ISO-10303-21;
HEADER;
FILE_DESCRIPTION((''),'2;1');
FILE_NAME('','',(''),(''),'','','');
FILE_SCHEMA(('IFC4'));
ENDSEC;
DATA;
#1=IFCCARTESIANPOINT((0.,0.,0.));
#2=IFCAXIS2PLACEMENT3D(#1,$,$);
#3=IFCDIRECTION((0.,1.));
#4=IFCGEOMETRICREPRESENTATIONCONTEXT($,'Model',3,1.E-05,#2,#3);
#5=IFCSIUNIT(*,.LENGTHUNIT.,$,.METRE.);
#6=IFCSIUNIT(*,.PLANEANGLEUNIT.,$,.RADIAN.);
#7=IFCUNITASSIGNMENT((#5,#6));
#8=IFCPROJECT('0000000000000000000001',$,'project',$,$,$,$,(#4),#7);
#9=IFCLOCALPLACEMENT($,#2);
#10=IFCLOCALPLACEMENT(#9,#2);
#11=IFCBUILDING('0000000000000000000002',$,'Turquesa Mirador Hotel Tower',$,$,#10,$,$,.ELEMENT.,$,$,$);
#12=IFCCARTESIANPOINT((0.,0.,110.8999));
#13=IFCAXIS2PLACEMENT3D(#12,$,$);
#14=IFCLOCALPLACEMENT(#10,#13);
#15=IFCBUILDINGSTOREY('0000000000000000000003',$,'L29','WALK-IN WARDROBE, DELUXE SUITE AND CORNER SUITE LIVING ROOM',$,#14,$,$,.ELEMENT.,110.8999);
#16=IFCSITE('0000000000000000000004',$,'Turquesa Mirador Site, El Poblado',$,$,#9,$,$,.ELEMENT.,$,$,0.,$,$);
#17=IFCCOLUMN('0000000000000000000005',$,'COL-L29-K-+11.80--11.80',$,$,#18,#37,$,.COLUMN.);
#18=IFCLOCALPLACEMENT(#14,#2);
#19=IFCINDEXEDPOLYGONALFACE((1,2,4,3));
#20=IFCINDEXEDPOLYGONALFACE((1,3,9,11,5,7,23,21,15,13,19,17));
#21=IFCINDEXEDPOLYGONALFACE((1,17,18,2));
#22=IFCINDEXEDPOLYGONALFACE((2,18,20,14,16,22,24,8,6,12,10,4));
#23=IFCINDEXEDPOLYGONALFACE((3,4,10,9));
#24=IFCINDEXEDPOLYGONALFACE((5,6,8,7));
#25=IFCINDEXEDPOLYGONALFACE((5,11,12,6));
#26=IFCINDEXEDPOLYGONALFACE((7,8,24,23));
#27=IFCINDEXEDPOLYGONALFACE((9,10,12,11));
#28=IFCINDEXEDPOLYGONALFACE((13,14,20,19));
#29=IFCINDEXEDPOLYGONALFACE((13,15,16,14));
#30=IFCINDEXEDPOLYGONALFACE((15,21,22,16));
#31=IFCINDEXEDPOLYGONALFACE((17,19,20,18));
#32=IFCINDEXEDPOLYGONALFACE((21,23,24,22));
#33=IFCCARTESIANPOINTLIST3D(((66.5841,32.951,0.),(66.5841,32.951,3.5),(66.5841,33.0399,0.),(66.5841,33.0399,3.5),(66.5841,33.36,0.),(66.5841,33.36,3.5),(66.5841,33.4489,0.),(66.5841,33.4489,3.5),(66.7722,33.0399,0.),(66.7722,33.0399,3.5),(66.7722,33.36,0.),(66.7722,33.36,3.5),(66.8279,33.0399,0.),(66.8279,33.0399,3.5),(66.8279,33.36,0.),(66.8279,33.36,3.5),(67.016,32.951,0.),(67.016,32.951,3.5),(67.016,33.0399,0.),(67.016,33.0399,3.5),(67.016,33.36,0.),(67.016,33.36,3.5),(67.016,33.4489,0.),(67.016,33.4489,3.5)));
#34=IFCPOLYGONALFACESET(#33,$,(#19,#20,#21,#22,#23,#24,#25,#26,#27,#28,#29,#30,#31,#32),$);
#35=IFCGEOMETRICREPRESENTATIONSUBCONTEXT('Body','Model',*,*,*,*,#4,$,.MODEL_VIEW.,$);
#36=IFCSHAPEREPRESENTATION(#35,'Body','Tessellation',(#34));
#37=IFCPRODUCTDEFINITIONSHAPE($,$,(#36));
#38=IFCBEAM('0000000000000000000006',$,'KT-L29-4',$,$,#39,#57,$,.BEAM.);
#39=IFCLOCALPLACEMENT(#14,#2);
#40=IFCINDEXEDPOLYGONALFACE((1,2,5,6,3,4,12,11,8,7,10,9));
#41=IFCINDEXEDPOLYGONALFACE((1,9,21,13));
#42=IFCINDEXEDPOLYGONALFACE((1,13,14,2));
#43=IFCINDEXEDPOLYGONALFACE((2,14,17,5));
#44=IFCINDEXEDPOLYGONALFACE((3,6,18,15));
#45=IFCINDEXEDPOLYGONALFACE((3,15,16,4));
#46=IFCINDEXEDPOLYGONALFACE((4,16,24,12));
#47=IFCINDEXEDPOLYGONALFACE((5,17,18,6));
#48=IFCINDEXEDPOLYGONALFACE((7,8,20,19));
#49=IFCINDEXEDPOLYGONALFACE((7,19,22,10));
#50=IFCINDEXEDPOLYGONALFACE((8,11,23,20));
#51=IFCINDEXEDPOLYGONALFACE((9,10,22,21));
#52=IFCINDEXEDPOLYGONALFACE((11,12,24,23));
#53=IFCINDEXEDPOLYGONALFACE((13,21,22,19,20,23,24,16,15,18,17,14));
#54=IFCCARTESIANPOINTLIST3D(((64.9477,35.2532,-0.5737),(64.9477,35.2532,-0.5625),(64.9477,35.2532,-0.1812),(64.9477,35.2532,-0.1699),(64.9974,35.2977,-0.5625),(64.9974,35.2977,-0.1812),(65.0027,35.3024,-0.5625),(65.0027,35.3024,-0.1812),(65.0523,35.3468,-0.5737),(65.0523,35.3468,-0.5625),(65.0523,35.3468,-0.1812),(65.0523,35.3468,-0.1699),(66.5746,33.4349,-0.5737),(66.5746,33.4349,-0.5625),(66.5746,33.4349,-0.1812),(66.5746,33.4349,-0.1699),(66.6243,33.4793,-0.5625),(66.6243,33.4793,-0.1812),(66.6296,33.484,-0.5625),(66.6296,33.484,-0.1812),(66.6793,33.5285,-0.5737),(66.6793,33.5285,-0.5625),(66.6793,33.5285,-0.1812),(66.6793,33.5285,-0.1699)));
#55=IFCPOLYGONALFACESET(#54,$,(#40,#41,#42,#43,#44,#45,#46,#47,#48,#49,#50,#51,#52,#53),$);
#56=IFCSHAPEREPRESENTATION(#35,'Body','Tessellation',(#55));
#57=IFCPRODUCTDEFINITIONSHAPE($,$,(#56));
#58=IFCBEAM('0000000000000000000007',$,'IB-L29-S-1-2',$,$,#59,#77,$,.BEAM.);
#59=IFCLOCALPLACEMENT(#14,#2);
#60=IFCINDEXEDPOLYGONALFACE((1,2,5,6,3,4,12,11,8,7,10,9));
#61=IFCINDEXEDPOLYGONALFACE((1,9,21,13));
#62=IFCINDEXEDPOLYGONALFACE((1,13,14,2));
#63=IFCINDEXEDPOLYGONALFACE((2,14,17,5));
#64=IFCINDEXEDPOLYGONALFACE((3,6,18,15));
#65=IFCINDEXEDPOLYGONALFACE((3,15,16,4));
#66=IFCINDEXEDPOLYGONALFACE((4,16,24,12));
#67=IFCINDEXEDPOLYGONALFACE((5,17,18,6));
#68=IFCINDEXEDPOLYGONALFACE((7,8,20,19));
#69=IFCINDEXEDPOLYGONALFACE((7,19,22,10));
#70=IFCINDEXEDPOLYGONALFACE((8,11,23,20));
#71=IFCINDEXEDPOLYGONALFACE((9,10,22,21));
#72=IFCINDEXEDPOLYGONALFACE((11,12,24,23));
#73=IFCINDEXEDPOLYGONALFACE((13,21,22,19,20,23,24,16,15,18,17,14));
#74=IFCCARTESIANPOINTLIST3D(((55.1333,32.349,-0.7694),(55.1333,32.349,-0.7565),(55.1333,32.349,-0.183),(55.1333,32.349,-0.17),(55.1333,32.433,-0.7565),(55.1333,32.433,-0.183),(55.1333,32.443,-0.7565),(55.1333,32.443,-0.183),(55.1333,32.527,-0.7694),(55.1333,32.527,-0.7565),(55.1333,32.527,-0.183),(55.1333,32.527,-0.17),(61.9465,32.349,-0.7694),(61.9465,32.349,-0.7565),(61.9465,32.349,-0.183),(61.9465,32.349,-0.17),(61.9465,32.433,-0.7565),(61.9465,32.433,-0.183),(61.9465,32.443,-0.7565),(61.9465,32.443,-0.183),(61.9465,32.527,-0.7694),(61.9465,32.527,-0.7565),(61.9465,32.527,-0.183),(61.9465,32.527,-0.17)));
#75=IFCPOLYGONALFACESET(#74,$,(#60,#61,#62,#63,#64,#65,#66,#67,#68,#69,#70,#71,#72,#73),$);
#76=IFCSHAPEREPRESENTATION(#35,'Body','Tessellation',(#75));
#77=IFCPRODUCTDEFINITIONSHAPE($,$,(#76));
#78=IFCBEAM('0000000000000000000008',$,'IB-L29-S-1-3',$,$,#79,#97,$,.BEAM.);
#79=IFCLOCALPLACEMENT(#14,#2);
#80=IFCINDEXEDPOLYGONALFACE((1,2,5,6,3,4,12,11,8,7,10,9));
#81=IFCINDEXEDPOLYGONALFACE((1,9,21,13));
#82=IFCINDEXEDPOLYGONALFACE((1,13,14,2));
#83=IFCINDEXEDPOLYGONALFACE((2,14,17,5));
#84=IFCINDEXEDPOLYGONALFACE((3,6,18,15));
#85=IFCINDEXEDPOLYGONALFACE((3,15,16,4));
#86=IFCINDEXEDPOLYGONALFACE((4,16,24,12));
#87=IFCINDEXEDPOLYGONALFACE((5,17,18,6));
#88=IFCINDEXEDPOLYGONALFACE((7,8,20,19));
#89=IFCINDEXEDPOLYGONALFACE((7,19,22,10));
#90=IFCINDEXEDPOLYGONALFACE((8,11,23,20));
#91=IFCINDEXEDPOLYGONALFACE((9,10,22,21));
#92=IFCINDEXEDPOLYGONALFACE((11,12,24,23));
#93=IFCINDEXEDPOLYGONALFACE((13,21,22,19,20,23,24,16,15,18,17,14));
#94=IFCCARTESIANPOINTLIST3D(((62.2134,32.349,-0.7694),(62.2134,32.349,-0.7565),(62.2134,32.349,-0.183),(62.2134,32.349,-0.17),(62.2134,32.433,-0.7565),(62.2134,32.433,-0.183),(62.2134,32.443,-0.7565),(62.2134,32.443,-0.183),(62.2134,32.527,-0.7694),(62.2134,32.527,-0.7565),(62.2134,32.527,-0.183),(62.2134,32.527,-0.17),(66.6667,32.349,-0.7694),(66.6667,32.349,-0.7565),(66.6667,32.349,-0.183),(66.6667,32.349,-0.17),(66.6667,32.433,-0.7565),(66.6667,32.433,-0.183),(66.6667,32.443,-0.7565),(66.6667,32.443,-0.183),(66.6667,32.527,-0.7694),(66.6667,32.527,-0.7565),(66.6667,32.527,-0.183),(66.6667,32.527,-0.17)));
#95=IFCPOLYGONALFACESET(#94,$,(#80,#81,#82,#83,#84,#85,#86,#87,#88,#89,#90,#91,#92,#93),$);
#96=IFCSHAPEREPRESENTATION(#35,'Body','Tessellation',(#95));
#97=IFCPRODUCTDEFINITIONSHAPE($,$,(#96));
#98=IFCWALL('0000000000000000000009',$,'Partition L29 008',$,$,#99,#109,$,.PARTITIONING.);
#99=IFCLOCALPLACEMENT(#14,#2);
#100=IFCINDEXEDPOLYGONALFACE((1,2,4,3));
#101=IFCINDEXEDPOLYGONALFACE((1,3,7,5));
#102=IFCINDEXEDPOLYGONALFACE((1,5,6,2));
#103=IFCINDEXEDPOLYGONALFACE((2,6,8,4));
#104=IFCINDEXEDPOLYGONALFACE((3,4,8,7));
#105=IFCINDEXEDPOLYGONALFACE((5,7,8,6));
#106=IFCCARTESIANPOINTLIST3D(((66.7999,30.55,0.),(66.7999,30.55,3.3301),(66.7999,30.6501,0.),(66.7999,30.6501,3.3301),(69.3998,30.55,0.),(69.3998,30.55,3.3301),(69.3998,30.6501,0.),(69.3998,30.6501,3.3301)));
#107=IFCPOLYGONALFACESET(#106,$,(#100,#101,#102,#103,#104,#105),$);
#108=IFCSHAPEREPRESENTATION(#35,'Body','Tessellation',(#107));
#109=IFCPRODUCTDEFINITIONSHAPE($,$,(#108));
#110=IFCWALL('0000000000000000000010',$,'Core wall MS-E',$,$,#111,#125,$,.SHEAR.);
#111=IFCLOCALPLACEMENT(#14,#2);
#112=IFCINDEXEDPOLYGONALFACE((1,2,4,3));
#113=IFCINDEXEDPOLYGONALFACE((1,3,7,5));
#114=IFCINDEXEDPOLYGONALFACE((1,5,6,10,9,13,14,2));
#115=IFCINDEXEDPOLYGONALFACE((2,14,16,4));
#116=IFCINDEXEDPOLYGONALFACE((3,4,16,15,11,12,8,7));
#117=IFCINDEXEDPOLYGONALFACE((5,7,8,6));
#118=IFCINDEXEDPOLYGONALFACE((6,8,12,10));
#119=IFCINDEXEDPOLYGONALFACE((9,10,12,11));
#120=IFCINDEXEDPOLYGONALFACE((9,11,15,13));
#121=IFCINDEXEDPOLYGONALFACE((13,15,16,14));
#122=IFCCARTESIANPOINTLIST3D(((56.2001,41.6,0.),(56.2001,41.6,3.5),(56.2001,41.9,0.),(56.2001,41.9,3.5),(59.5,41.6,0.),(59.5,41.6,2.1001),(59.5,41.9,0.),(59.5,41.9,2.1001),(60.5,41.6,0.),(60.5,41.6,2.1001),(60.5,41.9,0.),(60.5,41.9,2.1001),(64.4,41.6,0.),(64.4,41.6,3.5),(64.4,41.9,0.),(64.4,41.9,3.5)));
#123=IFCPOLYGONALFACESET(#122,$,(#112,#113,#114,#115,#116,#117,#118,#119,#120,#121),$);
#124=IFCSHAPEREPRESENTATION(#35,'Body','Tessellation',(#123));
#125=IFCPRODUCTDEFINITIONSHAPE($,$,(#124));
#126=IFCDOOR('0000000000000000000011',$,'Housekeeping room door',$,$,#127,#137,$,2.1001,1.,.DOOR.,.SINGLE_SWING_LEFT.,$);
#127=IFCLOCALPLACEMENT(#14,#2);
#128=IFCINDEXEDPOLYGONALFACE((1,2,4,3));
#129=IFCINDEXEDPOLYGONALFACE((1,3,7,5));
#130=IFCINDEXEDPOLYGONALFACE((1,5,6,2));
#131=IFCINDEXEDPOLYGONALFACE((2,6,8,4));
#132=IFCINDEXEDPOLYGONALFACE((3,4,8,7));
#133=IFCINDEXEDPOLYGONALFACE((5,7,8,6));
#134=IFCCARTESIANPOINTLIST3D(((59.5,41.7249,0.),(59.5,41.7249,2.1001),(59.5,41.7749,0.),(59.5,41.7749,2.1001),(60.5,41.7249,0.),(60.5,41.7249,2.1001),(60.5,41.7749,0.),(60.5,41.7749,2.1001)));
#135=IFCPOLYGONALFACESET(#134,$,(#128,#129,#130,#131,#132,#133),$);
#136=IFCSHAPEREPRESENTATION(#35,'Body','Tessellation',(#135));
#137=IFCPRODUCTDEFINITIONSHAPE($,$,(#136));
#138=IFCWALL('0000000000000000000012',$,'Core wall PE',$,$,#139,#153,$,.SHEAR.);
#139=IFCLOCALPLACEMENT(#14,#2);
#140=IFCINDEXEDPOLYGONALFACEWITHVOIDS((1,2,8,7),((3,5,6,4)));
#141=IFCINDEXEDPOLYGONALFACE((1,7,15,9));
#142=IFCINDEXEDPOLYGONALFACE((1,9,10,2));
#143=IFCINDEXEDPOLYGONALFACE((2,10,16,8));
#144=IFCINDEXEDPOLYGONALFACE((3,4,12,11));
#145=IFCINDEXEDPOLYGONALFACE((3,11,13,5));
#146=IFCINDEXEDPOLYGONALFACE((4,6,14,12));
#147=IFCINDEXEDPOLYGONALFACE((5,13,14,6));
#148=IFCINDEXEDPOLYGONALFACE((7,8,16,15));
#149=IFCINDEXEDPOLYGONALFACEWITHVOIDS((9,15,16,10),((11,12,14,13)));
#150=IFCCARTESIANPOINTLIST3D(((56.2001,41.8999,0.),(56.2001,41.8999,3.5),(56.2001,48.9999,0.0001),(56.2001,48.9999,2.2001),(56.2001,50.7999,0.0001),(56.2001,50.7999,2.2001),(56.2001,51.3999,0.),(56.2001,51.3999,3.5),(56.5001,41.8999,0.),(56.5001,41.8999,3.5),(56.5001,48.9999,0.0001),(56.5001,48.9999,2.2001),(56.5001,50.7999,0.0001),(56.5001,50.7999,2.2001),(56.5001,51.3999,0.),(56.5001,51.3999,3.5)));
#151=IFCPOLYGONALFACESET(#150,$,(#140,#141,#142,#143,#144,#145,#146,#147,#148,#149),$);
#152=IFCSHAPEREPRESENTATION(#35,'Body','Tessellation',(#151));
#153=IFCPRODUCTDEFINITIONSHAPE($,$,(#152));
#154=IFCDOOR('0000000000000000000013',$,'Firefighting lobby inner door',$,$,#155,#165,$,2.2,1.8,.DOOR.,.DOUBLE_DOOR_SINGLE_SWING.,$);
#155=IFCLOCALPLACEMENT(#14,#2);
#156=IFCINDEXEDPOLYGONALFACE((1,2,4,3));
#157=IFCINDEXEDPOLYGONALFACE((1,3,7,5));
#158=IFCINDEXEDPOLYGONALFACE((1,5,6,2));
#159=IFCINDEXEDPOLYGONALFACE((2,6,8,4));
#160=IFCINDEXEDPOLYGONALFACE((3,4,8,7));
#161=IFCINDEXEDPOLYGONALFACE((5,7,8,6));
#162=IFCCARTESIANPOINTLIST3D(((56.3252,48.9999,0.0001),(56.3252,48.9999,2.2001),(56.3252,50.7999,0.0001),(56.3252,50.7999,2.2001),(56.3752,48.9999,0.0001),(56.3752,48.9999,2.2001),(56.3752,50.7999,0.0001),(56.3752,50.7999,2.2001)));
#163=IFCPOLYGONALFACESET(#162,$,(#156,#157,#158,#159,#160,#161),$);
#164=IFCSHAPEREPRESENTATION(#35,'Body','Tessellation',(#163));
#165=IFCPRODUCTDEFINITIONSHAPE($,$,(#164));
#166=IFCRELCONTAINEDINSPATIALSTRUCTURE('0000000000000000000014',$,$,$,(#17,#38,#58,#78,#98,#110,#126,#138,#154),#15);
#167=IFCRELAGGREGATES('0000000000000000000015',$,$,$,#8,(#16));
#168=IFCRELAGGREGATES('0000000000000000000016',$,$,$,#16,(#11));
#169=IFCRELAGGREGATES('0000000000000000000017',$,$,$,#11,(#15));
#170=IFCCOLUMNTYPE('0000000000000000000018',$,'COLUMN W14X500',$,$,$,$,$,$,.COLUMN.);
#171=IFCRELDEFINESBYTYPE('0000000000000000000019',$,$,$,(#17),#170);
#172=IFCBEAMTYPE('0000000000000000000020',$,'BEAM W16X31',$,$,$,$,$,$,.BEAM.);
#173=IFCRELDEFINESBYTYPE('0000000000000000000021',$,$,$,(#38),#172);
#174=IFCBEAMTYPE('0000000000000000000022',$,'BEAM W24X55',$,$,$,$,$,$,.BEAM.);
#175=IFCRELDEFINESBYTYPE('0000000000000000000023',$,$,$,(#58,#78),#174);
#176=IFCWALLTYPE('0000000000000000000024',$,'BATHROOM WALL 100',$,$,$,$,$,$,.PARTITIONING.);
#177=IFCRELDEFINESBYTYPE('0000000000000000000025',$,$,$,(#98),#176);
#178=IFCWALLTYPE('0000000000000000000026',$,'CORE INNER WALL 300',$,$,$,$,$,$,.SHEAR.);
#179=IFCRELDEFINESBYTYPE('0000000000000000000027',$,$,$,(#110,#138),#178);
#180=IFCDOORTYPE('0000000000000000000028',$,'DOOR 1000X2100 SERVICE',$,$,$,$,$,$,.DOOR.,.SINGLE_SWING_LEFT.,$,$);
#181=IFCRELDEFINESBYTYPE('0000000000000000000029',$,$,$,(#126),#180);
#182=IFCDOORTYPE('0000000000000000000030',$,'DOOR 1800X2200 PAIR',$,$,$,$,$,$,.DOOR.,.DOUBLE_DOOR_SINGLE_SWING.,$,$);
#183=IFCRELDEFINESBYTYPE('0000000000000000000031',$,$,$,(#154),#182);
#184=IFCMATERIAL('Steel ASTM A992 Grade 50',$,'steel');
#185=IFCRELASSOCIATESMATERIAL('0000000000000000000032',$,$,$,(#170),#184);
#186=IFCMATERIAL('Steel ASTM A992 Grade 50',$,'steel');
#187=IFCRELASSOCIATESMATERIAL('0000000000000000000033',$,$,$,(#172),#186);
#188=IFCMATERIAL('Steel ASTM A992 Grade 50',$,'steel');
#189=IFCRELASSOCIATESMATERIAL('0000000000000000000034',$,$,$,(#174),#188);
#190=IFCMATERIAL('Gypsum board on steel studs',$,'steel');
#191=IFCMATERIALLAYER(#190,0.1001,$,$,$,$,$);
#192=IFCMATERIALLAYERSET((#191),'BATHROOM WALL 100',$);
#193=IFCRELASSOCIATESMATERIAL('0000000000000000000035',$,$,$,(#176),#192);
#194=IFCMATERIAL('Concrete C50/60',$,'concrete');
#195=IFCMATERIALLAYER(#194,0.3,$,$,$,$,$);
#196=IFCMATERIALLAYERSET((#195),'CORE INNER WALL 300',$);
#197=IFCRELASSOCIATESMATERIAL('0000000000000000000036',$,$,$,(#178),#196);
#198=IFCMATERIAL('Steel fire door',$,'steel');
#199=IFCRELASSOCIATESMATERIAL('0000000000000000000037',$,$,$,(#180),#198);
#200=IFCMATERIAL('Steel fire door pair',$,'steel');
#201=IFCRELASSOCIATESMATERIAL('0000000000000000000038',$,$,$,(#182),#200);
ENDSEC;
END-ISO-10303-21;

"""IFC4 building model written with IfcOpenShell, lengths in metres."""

from ifc_helpers import new_model, si_unit, direction, frame, frame_2d, origin, origin_2d, place, context, subcontext, project, spatial, rectangle, i_section, extrude, material, layer, layer_set, material_profile, profile_set, type_object, element, fill, save


model = new_model("IFC4")

# Units and contexts
model_context = context("Model", 3, precision=1e-05, world=origin(), true_north=direction((0.0, 1.0)))
body_context = subcontext(model_context, "Body", "Model", "MODEL_VIEW")
ifc_project = project(units=[si_unit("LENGTHUNIT", "METRE"), si_unit("PLANEANGLEUNIT", "RADIAN")], contexts=[model_context])

# Site, building, storey
site_placement = place(None, origin())
site = spatial("IfcSite", under=ifc_project, at=site_placement, Name="Turquesa Mirador Site, El Poblado", CompositionType="ELEMENT", RefElevation=0.0)
building_placement = place(site_placement, origin())
building = spatial("IfcBuilding", under=site, at=building_placement, Name="Turquesa Mirador Hotel Tower", CompositionType="ELEMENT")
storey_placement = place(building_placement, frame((0.0, 0.0, 110.8999)))
storey = spatial("IfcBuildingStorey", under=building, at=storey_placement, Name="L29", Description="WALK-IN WARDROBE, DELUXE SUITE AND CORNER SUITE LIVING ROOM", CompositionType="ELEMENT", Elevation=110.8999)

# Column
ifc_material_1 = material(Name="Steel ASTM A992 Grade 50", Category="steel")
ifc_material_profile_1 = material_profile(ifc_material_1, i_section(OverallWidth=0.4319, OverallDepth=0.4978, WebThickness=0.0557, FlangeThickness=0.0889, at=origin_2d()), Name="W14X500")
ifc_profile_set_1 = profile_set([ifc_material_profile_1], Name="Steel ASTM A992 Grade 50")
column_type = type_object("IfcColumnType", Name="COLUMN W14X500", PredefinedType="COLUMN", material=ifc_profile_set_1)
column_placement = place(storey_placement, frame((66.8, 33.2, 0.0), z_axis=(0.0, 0.0, 1.0), x_axis=(1.0, 0.0, 0.0)))
element("IfcColumn", 1, at=column_placement, inside=storey, type_object=column_type, Name="COL-L29-K-+11.80--11.80", PredefinedType="COLUMN", context=body_context, shape_type="SweptSolid", body=[
    extrude(i_section(OverallWidth=0.4319, OverallDepth=0.4978, WebThickness=0.0557, FlangeThickness=0.0889, at=origin_2d()), origin(), (0.0, 0.0, 1.0), 3.5),
])

# Beams
ifc_material_2 = material(Name="Steel ASTM A992 Grade 50", Category="steel")
ifc_material_profile_2 = material_profile(ifc_material_2, i_section(OverallWidth=0.1404, OverallDepth=0.4038, WebThickness=0.0071, FlangeThickness=0.0112, at=origin_2d()), Name="W16X31")
ifc_profile_set_2 = profile_set([ifc_material_profile_2], Name="Steel ASTM A992 Grade 50")
beam_type_1 = type_object("IfcBeamType", Name="BEAM W16X31", PredefinedType="BEAM", material=ifc_profile_set_2)
beam_1_placement = place(storey_placement, frame((66.627, 33.4817, -0.3718), z_axis=(-0.666795, 0.745241, 0.0), x_axis=(-0.745241, -0.666795, 0.0)))
element("IfcBeam", 2, at=beam_1_placement, inside=storey, type_object=beam_type_1, Name="KT-L29-4", PredefinedType="BEAM", context=body_context, shape_type="SweptSolid", body=[
    extrude(i_section(OverallWidth=0.1404, OverallDepth=0.4038, WebThickness=0.0071, FlangeThickness=0.0112, at=origin_2d()), origin(), (0.0, 0.0, 1.0), 2.4399),
])
ifc_material_3 = material(Name="Steel ASTM A992 Grade 50", Category="steel")
ifc_material_profile_3 = material_profile(ifc_material_3, i_section(OverallWidth=0.178, OverallDepth=0.5994, WebThickness=0.01, FlangeThickness=0.0129, at=origin_2d()), Name="W24X55")
ifc_profile_set_3 = profile_set([ifc_material_profile_3], Name="Steel ASTM A992 Grade 50")
beam_type_2 = type_object("IfcBeamType", Name="BEAM W24X55", PredefinedType="BEAM", material=ifc_profile_set_3)
beam_2_placement = place(storey_placement, frame((55.1333, 32.438, -0.4697), z_axis=(1.0, 0.0, 0.0), x_axis=(0.0, 1.0, 0.0)))
element("IfcBeam", 3, at=beam_2_placement, inside=storey, type_object=beam_type_2, Name="IB-L29-S-1-2", PredefinedType="BEAM", context=body_context, shape_type="SweptSolid", body=[
    extrude(i_section(OverallWidth=0.178, OverallDepth=0.5994, WebThickness=0.01, FlangeThickness=0.0129, at=origin_2d()), origin(), (0.0, 0.0, 1.0), 6.8132),
])
beam_3_placement = place(storey_placement, frame((62.2134, 32.438, -0.4697), z_axis=(1.0, 0.0, 0.0), x_axis=(0.0, 1.0, 0.0)))
element("IfcBeam", 4, at=beam_3_placement, inside=storey, type_object=beam_type_2, Name="IB-L29-S-1-3", PredefinedType="BEAM", context=body_context, shape_type="SweptSolid", body=[
    extrude(i_section(OverallWidth=0.178, OverallDepth=0.5994, WebThickness=0.01, FlangeThickness=0.0129, at=origin_2d()), origin(), (0.0, 0.0, 1.0), 4.4534),
])

# Wall
ifc_material_4 = material(Name="Gypsum board on steel studs", Category="steel")
ifc_layer_1 = layer(ifc_material_4, 0.1001)
ifc_layer_set_1 = layer_set([ifc_layer_1], Name="BATHROOM WALL 100")
wall_type_1 = type_object("IfcWallType", Name="BATHROOM WALL 100", PredefinedType="PARTITIONING", material=ifc_layer_set_1)
wall_1_placement = place(storey_placement, frame((66.8, 30.6001, 0.0), z_axis=(0.0, 0.0, 1.0), x_axis=(1.0, 0.0, 0.0)))
element("IfcWall", 5, at=wall_1_placement, inside=storey, type_object=wall_type_1, Name="Partition L29 008", PredefinedType="PARTITIONING", context=body_context, shape_type="SweptSolid", body=[
    extrude(rectangle(XDim=2.5999, YDim=0.1001, at=frame_2d((1.2998, 0.0))), origin(), (0.0, 0.0, 1.0), 3.3301),
])

# Walls, openings, doors
ifc_material_5 = material(Name="Concrete C50/60", Category="concrete")
ifc_layer_2 = layer(ifc_material_5, 0.3)
ifc_layer_set_2 = layer_set([ifc_layer_2], Name="CORE INNER WALL 300")
wall_type_2 = type_object("IfcWallType", Name="CORE INNER WALL 300", PredefinedType="SHEAR", material=ifc_layer_set_2)
wall_2_placement = place(storey_placement, frame((56.2, 41.75, 0.0), z_axis=(0.0, 0.0, 1.0), x_axis=(1.0, 0.0, 0.0)))
wall_2 = element("IfcWall", 6, at=wall_2_placement, inside=storey, type_object=wall_type_2, Name="Core wall MS-E", PredefinedType="SHEAR", context=body_context, shape_type="SweptSolid", body=[
    extrude(rectangle(XDim=8.2, YDim=0.3, at=frame_2d((4.1001, 0.0))), origin(), (0.0, 0.0, 1.0), 3.5),
])
opening_1_placement = place(wall_2_placement, frame((3.3, 0.0, 0.0)))
opening_1 = element("IfcOpeningElement", 7, at=opening_1_placement, cuts=wall_2, PredefinedType="OPENING", context=body_context, shape_type="SweptSolid", body=[
    extrude(rectangle(XDim=1.0, YDim=2.1001, at=frame_2d((0.5, 1.05))), frame((0.0, 0.1599, 0.0), z_axis=(0.0, -1.0, 0.0), x_axis=(1.0, 0.0, 0.0)), (0.0, 0.0, 1.0), 0.3201),
])
ifc_material_6 = material(Name="Steel fire door", Category="steel")
door_type_1 = type_object("IfcDoorType", Name="DOOR 1000X2100 SERVICE", OperationType="SINGLE_SWING_LEFT", PredefinedType="DOOR", material=ifc_material_6)
door_1_placement = place(opening_1_placement, origin())
door_1 = element("IfcDoor", 8, at=door_1_placement, inside=storey, type_object=door_type_1, Name="Housekeeping room door", OperationType="SINGLE_SWING_LEFT", OverallHeight=2.1001, OverallWidth=1.0, PredefinedType="DOOR", context=body_context, shape_type="SweptSolid", body=[
    extrude(rectangle(XDim=1.0, YDim=2.1001, at=frame_2d((0.5, 1.05))), frame((0.0, 0.0249, 0.0), z_axis=(0.0, -1.0, 0.0), x_axis=(1.0, 0.0, 0.0)), (0.0, 0.0, 1.0), 0.05),
])
fill(opening_1, door_1)
wall_3_placement = place(storey_placement, frame((56.3501, 41.8999, 0.0), z_axis=(0.0, 0.0, 1.0), x_axis=(0.0, 1.0, 0.0)))
wall_3 = element("IfcWall", 9, at=wall_3_placement, inside=storey, type_object=wall_type_2, Name="Core wall PE", PredefinedType="SHEAR", context=body_context, shape_type="SweptSolid", body=[
    extrude(rectangle(XDim=9.5, YDim=0.3, at=frame_2d((4.75, 0.0))), origin(), (0.0, 0.0, 1.0), 3.5),
])
opening_2_placement = place(wall_3_placement, frame((7.1001, 0.0, 0.0)))
opening_2 = element("IfcOpeningElement", 10, at=opening_2_placement, cuts=wall_3, PredefinedType="OPENING", context=body_context, shape_type="SweptSolid", body=[
    extrude(rectangle(XDim=1.8, YDim=2.2, at=frame_2d((0.8999, 1.1001))), frame((0.0, 0.1599, 0.0), z_axis=(0.0, -1.0, 0.0), x_axis=(1.0, 0.0, 0.0)), (0.0, 0.0, 1.0), 0.3201),
])
ifc_material_7 = material(Name="Steel fire door pair", Category="steel")
door_type_2 = type_object("IfcDoorType", Name="DOOR 1800X2200 PAIR", OperationType="DOUBLE_DOOR_SINGLE_SWING", PredefinedType="DOOR", material=ifc_material_7)
door_2_placement = place(opening_2_placement, origin())
door_2 = element("IfcDoor", 11, at=door_2_placement, inside=storey, type_object=door_type_2, Name="Firefighting lobby inner door", OperationType="DOUBLE_DOOR_SINGLE_SWING", OverallHeight=2.2, OverallWidth=1.8, PredefinedType="DOOR", context=body_context, shape_type="SweptSolid", body=[
    extrude(rectangle(XDim=1.8, YDim=2.2, at=frame_2d((0.8999, 1.1001))), frame((0.0, 0.0249, 0.0), z_axis=(0.0, -1.0, 0.0), x_axis=(1.0, 0.0, 0.0)), (0.0, 0.0, 1.0), 0.05),
])
fill(opening_2, door_2)

save(model, "model.ifc")
